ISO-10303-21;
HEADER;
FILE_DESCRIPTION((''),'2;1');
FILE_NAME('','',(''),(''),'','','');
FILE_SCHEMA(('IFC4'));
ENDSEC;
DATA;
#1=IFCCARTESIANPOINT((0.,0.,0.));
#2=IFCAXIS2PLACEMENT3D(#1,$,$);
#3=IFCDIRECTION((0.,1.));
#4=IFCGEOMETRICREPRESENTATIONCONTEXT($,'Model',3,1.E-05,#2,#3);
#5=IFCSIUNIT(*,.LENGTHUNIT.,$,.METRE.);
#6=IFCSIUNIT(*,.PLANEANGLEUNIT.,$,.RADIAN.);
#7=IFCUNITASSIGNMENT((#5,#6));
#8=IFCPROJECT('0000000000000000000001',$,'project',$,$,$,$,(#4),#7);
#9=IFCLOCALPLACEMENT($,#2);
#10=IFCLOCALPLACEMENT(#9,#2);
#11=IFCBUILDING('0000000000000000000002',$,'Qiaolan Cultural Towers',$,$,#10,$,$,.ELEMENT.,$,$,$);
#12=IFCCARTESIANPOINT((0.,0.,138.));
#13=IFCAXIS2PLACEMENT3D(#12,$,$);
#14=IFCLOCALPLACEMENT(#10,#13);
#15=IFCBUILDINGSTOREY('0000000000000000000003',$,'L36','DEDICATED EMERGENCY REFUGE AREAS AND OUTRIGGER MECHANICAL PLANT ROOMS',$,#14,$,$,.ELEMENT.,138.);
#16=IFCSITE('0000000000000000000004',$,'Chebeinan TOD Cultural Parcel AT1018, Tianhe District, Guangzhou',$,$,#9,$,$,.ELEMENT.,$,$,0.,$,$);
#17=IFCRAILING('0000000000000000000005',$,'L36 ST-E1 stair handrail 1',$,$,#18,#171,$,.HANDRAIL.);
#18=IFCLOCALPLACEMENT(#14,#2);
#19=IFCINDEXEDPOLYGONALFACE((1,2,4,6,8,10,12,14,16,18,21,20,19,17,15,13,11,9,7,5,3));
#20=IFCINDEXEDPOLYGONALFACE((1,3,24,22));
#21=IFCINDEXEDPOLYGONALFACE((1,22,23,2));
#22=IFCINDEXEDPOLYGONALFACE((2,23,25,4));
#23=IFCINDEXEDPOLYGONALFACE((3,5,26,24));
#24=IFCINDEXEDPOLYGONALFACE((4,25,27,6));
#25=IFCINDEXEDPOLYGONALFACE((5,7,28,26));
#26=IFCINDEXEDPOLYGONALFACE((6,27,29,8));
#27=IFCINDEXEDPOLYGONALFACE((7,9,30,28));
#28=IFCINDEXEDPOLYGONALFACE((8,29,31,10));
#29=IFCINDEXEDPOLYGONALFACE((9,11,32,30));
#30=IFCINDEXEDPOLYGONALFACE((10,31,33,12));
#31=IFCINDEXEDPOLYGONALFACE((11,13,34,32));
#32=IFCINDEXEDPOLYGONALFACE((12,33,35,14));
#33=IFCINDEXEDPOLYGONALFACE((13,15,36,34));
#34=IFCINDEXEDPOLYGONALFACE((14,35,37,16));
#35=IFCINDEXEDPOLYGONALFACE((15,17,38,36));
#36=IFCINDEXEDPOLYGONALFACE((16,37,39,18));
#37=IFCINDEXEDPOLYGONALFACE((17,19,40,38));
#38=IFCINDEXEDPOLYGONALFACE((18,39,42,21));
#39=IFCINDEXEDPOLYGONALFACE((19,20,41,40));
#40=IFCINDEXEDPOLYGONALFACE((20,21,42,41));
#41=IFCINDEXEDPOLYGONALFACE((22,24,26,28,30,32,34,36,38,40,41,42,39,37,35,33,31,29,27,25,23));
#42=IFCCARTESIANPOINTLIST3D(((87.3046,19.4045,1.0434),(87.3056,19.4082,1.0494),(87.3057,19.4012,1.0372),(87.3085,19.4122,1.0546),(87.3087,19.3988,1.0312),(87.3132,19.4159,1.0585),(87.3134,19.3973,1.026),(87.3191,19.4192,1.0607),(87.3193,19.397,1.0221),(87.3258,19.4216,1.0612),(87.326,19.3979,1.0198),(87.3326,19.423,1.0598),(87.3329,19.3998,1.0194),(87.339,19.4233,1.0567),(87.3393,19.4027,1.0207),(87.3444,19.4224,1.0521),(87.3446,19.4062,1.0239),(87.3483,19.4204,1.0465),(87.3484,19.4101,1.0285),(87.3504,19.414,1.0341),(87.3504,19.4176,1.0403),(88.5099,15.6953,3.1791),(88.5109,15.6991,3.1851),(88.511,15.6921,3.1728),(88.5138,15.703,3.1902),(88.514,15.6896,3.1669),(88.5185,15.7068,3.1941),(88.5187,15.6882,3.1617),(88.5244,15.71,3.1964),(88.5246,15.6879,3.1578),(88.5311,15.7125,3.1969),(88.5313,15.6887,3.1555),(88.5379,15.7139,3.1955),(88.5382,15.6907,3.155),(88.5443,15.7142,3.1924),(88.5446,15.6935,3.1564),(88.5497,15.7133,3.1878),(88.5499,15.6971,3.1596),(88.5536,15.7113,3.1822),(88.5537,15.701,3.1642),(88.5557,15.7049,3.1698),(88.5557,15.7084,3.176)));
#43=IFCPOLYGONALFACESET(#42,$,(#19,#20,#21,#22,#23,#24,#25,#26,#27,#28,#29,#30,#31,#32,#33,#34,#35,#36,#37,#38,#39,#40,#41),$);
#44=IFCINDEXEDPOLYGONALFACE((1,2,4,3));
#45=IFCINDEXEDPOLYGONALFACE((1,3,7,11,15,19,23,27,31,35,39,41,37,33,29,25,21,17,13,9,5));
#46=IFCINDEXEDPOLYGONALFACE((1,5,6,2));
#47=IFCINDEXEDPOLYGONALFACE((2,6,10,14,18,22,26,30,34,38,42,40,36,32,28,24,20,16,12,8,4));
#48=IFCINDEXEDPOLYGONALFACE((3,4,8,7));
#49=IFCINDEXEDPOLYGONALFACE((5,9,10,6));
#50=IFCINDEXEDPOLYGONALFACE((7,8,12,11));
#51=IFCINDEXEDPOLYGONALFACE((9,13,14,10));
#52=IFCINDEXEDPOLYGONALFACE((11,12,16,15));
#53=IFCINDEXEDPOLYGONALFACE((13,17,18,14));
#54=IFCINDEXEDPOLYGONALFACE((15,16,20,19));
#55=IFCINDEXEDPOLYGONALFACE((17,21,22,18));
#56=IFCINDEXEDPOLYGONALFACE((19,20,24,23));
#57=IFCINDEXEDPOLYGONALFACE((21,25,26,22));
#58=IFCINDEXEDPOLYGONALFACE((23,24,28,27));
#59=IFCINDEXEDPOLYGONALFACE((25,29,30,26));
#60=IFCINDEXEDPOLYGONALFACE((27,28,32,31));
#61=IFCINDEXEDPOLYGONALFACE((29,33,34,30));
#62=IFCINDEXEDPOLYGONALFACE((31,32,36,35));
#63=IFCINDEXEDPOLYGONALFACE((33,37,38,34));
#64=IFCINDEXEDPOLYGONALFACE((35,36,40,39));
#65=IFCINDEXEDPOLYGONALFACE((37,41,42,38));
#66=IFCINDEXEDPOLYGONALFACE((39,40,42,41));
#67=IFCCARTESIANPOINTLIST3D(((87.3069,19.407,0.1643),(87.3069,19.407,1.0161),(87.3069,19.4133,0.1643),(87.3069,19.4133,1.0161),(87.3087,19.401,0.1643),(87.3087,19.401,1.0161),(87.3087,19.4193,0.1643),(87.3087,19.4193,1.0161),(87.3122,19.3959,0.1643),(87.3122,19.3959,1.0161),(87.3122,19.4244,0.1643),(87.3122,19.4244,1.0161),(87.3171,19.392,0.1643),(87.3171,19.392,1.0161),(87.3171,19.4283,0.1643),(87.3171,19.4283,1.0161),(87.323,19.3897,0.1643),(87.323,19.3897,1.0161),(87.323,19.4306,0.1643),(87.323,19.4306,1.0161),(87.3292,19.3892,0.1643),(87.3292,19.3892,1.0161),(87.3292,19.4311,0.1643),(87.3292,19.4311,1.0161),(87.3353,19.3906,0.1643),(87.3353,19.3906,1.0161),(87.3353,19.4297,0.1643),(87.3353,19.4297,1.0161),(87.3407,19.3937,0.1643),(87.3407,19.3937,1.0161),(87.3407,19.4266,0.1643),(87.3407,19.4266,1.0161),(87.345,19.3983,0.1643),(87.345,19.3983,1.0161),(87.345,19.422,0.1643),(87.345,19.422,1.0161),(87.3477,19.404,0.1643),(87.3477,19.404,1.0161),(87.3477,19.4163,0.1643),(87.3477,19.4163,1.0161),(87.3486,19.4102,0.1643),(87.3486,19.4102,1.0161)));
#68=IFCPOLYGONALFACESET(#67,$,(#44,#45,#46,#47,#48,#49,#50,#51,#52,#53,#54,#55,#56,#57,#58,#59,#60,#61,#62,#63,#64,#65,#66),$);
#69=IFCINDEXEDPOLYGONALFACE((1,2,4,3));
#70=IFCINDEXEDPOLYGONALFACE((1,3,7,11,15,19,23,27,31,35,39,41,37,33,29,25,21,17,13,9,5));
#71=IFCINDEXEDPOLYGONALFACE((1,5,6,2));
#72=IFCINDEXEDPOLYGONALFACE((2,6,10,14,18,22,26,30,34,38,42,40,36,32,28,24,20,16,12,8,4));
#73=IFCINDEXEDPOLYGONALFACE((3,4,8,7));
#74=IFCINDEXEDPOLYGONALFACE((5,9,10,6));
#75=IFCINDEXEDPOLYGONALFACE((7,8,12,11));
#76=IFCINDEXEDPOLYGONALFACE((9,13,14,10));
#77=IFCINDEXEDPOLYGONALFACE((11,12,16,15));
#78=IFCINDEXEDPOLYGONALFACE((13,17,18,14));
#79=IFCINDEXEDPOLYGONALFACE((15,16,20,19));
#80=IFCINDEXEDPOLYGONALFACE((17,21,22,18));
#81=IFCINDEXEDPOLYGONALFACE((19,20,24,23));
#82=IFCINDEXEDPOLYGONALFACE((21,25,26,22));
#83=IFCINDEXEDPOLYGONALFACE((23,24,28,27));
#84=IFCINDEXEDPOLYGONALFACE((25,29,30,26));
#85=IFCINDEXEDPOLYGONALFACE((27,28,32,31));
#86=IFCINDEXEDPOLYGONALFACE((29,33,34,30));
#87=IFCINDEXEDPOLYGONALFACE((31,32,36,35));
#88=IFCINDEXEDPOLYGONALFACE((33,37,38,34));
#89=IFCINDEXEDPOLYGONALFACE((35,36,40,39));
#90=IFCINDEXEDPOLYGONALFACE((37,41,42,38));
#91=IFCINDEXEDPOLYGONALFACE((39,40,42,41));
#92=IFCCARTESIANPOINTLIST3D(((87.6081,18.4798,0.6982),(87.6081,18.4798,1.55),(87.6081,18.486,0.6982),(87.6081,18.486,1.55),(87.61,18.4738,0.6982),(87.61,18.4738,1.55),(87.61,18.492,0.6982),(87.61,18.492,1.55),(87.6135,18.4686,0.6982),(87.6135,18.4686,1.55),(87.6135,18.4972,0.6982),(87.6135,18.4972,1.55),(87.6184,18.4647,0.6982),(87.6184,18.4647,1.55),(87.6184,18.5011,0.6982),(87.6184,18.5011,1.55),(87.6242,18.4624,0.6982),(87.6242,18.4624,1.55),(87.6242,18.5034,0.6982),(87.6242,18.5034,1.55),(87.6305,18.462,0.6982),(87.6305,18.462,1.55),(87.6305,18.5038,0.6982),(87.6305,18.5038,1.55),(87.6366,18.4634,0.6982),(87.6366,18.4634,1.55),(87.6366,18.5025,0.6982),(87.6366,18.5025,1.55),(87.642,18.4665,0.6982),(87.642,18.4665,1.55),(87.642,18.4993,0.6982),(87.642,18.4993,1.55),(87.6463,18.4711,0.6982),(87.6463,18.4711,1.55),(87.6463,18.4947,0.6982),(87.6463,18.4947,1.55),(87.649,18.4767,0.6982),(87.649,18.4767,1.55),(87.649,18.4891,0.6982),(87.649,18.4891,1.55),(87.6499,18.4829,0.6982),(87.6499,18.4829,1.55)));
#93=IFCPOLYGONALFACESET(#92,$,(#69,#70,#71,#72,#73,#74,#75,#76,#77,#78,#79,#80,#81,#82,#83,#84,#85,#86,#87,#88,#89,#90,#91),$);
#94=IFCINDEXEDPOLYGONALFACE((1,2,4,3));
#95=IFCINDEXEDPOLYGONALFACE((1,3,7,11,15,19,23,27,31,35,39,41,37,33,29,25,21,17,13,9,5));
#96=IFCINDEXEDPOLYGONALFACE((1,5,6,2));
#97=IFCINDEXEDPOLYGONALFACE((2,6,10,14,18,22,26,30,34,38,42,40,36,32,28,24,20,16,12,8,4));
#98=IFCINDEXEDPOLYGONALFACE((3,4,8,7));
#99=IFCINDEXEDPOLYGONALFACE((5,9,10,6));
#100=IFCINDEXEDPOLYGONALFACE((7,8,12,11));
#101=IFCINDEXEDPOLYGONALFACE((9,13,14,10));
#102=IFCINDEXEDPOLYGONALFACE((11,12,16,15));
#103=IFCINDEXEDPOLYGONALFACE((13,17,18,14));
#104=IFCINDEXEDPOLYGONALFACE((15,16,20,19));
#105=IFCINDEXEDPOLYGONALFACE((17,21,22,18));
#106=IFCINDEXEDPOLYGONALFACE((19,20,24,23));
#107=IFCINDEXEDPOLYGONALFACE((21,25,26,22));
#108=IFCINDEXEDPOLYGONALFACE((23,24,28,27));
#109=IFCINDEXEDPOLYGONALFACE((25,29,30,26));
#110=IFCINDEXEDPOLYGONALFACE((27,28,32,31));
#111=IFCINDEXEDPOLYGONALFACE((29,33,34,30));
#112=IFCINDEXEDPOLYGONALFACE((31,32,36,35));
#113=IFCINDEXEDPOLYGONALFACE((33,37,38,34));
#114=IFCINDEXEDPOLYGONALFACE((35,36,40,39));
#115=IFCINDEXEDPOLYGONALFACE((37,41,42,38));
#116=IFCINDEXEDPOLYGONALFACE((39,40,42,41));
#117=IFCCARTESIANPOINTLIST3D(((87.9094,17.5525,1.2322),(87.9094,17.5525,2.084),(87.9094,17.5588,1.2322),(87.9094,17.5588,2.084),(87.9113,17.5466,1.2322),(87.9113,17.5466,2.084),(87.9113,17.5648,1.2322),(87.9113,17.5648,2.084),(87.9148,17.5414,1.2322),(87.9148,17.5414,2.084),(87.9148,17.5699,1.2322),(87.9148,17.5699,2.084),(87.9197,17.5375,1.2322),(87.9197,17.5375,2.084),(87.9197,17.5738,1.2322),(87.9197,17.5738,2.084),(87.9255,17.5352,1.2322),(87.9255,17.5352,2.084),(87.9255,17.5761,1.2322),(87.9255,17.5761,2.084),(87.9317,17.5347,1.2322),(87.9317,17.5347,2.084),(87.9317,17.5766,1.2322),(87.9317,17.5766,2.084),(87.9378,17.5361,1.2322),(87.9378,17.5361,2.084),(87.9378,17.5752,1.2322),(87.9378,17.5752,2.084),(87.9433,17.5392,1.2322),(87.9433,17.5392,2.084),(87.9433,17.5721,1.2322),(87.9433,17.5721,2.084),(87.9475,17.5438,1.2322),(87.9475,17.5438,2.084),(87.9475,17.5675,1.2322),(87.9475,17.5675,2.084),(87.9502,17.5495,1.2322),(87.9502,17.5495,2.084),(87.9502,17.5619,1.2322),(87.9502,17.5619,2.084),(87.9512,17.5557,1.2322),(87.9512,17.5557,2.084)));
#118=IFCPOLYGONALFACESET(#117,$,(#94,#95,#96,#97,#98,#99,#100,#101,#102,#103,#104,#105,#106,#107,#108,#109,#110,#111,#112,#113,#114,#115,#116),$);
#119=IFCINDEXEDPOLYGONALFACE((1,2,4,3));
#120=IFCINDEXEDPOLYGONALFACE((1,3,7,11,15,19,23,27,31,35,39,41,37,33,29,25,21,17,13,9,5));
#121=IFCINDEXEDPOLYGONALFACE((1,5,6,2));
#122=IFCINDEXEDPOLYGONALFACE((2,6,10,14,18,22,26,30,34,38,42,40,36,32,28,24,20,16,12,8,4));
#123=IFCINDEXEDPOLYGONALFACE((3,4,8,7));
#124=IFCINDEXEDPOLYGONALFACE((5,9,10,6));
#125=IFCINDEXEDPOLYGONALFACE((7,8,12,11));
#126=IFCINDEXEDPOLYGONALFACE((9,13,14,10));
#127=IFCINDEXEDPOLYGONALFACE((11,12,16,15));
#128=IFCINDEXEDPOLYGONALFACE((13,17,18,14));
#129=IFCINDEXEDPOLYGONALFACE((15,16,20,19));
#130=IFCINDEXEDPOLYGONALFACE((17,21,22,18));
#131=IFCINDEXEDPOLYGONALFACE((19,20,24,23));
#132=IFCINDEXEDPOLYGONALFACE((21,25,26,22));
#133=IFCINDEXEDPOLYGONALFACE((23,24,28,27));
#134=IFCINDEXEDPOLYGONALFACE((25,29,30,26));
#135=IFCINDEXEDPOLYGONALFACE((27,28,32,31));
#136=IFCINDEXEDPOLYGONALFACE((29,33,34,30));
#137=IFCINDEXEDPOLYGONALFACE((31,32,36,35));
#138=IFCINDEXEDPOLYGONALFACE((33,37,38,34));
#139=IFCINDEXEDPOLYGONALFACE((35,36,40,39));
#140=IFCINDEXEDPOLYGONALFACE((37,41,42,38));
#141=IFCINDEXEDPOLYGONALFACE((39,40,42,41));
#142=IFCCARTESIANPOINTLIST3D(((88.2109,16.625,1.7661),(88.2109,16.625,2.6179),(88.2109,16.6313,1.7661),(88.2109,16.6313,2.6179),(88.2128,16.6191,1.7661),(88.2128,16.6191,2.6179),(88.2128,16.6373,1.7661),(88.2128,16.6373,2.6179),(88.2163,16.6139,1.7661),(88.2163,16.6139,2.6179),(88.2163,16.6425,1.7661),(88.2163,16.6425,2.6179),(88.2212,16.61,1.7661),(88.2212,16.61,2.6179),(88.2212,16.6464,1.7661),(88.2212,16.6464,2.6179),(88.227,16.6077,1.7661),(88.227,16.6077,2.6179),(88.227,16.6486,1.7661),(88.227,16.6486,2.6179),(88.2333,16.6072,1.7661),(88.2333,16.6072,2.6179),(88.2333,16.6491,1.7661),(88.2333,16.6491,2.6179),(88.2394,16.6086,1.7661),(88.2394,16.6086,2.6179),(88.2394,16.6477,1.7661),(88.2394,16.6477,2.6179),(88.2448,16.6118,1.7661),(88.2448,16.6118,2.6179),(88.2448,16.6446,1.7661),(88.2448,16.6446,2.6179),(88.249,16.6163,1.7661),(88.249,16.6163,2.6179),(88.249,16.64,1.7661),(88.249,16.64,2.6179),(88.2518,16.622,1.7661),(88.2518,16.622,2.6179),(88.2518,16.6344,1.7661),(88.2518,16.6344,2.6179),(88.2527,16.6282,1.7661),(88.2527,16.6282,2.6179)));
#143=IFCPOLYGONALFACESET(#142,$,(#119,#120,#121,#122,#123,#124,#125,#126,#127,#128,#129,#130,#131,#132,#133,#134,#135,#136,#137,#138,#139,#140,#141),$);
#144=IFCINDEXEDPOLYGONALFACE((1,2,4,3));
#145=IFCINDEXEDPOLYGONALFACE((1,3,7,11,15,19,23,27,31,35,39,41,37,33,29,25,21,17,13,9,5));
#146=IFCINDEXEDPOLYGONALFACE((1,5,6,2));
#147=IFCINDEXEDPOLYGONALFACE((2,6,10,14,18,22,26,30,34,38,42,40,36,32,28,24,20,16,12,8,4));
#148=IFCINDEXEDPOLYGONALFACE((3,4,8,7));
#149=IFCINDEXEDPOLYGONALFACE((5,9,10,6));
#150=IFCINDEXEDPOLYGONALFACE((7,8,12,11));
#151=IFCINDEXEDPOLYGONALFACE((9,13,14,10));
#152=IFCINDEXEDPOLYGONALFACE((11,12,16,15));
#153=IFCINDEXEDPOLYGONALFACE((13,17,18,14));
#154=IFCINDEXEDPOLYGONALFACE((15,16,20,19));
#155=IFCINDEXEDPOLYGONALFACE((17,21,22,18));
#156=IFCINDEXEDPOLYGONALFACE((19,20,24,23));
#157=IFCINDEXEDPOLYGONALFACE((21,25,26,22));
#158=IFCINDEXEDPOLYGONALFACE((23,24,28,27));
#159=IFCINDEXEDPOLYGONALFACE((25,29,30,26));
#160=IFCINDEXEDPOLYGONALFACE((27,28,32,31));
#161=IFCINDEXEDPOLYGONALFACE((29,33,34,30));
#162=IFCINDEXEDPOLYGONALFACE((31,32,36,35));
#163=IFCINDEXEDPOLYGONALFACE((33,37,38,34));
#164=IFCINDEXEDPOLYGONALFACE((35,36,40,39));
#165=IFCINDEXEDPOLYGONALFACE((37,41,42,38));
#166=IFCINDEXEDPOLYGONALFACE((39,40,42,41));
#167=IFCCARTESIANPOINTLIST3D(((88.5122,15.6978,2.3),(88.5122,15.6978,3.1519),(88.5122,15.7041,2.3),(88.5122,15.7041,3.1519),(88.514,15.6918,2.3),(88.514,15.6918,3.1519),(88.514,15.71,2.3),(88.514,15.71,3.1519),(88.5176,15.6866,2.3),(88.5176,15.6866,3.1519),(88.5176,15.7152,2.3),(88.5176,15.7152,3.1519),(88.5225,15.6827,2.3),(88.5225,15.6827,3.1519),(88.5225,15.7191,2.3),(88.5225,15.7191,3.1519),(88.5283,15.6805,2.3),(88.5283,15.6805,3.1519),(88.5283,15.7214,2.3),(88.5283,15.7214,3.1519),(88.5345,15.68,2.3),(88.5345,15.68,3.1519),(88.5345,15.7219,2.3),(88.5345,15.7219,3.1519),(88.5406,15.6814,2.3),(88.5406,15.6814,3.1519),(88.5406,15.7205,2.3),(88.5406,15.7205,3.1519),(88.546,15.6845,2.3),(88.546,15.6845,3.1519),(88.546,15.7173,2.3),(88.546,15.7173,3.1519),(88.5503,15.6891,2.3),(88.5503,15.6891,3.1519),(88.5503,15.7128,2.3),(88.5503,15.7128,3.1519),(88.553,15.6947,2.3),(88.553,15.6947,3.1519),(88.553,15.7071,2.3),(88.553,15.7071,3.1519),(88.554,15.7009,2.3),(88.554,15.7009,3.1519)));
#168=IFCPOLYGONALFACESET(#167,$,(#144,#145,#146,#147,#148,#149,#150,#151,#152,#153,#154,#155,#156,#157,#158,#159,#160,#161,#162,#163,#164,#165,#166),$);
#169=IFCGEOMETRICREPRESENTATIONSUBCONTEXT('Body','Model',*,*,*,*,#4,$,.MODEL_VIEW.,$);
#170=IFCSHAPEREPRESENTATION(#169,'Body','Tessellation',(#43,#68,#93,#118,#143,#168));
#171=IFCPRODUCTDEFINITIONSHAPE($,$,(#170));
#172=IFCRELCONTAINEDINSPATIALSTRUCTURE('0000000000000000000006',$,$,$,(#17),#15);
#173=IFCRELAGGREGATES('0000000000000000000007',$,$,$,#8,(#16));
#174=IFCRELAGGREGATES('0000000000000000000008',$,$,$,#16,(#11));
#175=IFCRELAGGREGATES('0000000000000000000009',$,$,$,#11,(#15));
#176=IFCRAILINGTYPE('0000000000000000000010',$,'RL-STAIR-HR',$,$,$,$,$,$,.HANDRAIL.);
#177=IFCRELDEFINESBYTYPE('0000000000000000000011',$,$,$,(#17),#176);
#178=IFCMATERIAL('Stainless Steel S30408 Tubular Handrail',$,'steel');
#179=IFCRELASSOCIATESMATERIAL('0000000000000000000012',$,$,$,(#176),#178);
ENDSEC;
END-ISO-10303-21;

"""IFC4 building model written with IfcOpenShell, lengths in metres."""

from ifc_helpers import new_model, si_unit, direction, frame, origin, origin_2d, place, context, subcontext, project, spatial, circle, extrude, material, type_object, element, save


model = new_model("IFC4")

# Units and contexts
model_context = context("Model", 3, precision=1e-05, world=origin(), true_north=direction((0.0, 1.0)))
body_context = subcontext(model_context, "Body", "Model", "MODEL_VIEW")
ifc_project = project(units=[si_unit("LENGTHUNIT", "METRE"), si_unit("PLANEANGLEUNIT", "RADIAN")], contexts=[model_context])

# Site, building, storey
site_placement = place(None, origin())
site = spatial("IfcSite", under=ifc_project, at=site_placement, Name="Chebeinan TOD Cultural Parcel AT1018, Tianhe District, Guangzhou", CompositionType="ELEMENT", RefElevation=0.0)
building_placement = place(site_placement, origin())
building = spatial("IfcBuilding", under=site, at=building_placement, Name="Qiaolan Cultural Towers", CompositionType="ELEMENT")
storey_placement = place(building_placement, frame((0.0, 0.0, 138.0)))
storey = spatial("IfcBuildingStorey", under=building, at=storey_placement, Name="L36", Description="DEDICATED EMERGENCY REFUGE AREAS AND OUTRIGGER MECHANICAL PLANT ROOMS", CompositionType="ELEMENT", Elevation=138.0)

# Railing
ifc_material_1 = material(Name="Stainless Steel S30408 Tubular Handrail", Category="steel")
railing_type_1 = type_object("IfcRailingType", Name="RL-STAIR-HR", PredefinedType="HANDRAIL", material=ifc_material_1)
railing_1_placement = place(storey_placement, frame((87.3276, 19.4102, 0.1643)))
element("IfcRailing", 1, at=railing_1_placement, inside=storey, type_object=railing_type_1, Name="L36 ST-E1 stair handrail 1", PredefinedType="HANDRAIL", context=body_context, shape_type="SweptSolid", body=[
    extrude(circle(Radius=0.0239, at=origin_2d()), frame((0.0, 0.0, 0.876), z_axis=(0.271064, -0.834165, 0.480305), x_axis=(0.951047, 0.309045, 0.0)), (0.0, 0.0, 1.0), 4.4465),
    extrude(circle(Radius=0.021, at=origin_2d()), origin(), (0.0, 0.0, 1.0), 0.8518),
    extrude(circle(Radius=0.021, at=origin_2d()), frame((0.3013, -0.9272, 0.5339)), (0.0, 0.0, 1.0), 0.8518),
    extrude(circle(Radius=0.021, at=origin_2d()), frame((0.6025, -1.8545, 1.0679)), (0.0, 0.0, 1.0), 0.8518),
    extrude(circle(Radius=0.021, at=origin_2d()), frame((0.9041, -2.782, 1.6018)), (0.0, 0.0, 1.0), 0.8518),
    extrude(circle(Radius=0.021, at=origin_2d()), frame((1.2053, -3.7092, 2.1357)), (0.0, 0.0, 1.0), 0.8518),
])

save(model, "model.ifc")
